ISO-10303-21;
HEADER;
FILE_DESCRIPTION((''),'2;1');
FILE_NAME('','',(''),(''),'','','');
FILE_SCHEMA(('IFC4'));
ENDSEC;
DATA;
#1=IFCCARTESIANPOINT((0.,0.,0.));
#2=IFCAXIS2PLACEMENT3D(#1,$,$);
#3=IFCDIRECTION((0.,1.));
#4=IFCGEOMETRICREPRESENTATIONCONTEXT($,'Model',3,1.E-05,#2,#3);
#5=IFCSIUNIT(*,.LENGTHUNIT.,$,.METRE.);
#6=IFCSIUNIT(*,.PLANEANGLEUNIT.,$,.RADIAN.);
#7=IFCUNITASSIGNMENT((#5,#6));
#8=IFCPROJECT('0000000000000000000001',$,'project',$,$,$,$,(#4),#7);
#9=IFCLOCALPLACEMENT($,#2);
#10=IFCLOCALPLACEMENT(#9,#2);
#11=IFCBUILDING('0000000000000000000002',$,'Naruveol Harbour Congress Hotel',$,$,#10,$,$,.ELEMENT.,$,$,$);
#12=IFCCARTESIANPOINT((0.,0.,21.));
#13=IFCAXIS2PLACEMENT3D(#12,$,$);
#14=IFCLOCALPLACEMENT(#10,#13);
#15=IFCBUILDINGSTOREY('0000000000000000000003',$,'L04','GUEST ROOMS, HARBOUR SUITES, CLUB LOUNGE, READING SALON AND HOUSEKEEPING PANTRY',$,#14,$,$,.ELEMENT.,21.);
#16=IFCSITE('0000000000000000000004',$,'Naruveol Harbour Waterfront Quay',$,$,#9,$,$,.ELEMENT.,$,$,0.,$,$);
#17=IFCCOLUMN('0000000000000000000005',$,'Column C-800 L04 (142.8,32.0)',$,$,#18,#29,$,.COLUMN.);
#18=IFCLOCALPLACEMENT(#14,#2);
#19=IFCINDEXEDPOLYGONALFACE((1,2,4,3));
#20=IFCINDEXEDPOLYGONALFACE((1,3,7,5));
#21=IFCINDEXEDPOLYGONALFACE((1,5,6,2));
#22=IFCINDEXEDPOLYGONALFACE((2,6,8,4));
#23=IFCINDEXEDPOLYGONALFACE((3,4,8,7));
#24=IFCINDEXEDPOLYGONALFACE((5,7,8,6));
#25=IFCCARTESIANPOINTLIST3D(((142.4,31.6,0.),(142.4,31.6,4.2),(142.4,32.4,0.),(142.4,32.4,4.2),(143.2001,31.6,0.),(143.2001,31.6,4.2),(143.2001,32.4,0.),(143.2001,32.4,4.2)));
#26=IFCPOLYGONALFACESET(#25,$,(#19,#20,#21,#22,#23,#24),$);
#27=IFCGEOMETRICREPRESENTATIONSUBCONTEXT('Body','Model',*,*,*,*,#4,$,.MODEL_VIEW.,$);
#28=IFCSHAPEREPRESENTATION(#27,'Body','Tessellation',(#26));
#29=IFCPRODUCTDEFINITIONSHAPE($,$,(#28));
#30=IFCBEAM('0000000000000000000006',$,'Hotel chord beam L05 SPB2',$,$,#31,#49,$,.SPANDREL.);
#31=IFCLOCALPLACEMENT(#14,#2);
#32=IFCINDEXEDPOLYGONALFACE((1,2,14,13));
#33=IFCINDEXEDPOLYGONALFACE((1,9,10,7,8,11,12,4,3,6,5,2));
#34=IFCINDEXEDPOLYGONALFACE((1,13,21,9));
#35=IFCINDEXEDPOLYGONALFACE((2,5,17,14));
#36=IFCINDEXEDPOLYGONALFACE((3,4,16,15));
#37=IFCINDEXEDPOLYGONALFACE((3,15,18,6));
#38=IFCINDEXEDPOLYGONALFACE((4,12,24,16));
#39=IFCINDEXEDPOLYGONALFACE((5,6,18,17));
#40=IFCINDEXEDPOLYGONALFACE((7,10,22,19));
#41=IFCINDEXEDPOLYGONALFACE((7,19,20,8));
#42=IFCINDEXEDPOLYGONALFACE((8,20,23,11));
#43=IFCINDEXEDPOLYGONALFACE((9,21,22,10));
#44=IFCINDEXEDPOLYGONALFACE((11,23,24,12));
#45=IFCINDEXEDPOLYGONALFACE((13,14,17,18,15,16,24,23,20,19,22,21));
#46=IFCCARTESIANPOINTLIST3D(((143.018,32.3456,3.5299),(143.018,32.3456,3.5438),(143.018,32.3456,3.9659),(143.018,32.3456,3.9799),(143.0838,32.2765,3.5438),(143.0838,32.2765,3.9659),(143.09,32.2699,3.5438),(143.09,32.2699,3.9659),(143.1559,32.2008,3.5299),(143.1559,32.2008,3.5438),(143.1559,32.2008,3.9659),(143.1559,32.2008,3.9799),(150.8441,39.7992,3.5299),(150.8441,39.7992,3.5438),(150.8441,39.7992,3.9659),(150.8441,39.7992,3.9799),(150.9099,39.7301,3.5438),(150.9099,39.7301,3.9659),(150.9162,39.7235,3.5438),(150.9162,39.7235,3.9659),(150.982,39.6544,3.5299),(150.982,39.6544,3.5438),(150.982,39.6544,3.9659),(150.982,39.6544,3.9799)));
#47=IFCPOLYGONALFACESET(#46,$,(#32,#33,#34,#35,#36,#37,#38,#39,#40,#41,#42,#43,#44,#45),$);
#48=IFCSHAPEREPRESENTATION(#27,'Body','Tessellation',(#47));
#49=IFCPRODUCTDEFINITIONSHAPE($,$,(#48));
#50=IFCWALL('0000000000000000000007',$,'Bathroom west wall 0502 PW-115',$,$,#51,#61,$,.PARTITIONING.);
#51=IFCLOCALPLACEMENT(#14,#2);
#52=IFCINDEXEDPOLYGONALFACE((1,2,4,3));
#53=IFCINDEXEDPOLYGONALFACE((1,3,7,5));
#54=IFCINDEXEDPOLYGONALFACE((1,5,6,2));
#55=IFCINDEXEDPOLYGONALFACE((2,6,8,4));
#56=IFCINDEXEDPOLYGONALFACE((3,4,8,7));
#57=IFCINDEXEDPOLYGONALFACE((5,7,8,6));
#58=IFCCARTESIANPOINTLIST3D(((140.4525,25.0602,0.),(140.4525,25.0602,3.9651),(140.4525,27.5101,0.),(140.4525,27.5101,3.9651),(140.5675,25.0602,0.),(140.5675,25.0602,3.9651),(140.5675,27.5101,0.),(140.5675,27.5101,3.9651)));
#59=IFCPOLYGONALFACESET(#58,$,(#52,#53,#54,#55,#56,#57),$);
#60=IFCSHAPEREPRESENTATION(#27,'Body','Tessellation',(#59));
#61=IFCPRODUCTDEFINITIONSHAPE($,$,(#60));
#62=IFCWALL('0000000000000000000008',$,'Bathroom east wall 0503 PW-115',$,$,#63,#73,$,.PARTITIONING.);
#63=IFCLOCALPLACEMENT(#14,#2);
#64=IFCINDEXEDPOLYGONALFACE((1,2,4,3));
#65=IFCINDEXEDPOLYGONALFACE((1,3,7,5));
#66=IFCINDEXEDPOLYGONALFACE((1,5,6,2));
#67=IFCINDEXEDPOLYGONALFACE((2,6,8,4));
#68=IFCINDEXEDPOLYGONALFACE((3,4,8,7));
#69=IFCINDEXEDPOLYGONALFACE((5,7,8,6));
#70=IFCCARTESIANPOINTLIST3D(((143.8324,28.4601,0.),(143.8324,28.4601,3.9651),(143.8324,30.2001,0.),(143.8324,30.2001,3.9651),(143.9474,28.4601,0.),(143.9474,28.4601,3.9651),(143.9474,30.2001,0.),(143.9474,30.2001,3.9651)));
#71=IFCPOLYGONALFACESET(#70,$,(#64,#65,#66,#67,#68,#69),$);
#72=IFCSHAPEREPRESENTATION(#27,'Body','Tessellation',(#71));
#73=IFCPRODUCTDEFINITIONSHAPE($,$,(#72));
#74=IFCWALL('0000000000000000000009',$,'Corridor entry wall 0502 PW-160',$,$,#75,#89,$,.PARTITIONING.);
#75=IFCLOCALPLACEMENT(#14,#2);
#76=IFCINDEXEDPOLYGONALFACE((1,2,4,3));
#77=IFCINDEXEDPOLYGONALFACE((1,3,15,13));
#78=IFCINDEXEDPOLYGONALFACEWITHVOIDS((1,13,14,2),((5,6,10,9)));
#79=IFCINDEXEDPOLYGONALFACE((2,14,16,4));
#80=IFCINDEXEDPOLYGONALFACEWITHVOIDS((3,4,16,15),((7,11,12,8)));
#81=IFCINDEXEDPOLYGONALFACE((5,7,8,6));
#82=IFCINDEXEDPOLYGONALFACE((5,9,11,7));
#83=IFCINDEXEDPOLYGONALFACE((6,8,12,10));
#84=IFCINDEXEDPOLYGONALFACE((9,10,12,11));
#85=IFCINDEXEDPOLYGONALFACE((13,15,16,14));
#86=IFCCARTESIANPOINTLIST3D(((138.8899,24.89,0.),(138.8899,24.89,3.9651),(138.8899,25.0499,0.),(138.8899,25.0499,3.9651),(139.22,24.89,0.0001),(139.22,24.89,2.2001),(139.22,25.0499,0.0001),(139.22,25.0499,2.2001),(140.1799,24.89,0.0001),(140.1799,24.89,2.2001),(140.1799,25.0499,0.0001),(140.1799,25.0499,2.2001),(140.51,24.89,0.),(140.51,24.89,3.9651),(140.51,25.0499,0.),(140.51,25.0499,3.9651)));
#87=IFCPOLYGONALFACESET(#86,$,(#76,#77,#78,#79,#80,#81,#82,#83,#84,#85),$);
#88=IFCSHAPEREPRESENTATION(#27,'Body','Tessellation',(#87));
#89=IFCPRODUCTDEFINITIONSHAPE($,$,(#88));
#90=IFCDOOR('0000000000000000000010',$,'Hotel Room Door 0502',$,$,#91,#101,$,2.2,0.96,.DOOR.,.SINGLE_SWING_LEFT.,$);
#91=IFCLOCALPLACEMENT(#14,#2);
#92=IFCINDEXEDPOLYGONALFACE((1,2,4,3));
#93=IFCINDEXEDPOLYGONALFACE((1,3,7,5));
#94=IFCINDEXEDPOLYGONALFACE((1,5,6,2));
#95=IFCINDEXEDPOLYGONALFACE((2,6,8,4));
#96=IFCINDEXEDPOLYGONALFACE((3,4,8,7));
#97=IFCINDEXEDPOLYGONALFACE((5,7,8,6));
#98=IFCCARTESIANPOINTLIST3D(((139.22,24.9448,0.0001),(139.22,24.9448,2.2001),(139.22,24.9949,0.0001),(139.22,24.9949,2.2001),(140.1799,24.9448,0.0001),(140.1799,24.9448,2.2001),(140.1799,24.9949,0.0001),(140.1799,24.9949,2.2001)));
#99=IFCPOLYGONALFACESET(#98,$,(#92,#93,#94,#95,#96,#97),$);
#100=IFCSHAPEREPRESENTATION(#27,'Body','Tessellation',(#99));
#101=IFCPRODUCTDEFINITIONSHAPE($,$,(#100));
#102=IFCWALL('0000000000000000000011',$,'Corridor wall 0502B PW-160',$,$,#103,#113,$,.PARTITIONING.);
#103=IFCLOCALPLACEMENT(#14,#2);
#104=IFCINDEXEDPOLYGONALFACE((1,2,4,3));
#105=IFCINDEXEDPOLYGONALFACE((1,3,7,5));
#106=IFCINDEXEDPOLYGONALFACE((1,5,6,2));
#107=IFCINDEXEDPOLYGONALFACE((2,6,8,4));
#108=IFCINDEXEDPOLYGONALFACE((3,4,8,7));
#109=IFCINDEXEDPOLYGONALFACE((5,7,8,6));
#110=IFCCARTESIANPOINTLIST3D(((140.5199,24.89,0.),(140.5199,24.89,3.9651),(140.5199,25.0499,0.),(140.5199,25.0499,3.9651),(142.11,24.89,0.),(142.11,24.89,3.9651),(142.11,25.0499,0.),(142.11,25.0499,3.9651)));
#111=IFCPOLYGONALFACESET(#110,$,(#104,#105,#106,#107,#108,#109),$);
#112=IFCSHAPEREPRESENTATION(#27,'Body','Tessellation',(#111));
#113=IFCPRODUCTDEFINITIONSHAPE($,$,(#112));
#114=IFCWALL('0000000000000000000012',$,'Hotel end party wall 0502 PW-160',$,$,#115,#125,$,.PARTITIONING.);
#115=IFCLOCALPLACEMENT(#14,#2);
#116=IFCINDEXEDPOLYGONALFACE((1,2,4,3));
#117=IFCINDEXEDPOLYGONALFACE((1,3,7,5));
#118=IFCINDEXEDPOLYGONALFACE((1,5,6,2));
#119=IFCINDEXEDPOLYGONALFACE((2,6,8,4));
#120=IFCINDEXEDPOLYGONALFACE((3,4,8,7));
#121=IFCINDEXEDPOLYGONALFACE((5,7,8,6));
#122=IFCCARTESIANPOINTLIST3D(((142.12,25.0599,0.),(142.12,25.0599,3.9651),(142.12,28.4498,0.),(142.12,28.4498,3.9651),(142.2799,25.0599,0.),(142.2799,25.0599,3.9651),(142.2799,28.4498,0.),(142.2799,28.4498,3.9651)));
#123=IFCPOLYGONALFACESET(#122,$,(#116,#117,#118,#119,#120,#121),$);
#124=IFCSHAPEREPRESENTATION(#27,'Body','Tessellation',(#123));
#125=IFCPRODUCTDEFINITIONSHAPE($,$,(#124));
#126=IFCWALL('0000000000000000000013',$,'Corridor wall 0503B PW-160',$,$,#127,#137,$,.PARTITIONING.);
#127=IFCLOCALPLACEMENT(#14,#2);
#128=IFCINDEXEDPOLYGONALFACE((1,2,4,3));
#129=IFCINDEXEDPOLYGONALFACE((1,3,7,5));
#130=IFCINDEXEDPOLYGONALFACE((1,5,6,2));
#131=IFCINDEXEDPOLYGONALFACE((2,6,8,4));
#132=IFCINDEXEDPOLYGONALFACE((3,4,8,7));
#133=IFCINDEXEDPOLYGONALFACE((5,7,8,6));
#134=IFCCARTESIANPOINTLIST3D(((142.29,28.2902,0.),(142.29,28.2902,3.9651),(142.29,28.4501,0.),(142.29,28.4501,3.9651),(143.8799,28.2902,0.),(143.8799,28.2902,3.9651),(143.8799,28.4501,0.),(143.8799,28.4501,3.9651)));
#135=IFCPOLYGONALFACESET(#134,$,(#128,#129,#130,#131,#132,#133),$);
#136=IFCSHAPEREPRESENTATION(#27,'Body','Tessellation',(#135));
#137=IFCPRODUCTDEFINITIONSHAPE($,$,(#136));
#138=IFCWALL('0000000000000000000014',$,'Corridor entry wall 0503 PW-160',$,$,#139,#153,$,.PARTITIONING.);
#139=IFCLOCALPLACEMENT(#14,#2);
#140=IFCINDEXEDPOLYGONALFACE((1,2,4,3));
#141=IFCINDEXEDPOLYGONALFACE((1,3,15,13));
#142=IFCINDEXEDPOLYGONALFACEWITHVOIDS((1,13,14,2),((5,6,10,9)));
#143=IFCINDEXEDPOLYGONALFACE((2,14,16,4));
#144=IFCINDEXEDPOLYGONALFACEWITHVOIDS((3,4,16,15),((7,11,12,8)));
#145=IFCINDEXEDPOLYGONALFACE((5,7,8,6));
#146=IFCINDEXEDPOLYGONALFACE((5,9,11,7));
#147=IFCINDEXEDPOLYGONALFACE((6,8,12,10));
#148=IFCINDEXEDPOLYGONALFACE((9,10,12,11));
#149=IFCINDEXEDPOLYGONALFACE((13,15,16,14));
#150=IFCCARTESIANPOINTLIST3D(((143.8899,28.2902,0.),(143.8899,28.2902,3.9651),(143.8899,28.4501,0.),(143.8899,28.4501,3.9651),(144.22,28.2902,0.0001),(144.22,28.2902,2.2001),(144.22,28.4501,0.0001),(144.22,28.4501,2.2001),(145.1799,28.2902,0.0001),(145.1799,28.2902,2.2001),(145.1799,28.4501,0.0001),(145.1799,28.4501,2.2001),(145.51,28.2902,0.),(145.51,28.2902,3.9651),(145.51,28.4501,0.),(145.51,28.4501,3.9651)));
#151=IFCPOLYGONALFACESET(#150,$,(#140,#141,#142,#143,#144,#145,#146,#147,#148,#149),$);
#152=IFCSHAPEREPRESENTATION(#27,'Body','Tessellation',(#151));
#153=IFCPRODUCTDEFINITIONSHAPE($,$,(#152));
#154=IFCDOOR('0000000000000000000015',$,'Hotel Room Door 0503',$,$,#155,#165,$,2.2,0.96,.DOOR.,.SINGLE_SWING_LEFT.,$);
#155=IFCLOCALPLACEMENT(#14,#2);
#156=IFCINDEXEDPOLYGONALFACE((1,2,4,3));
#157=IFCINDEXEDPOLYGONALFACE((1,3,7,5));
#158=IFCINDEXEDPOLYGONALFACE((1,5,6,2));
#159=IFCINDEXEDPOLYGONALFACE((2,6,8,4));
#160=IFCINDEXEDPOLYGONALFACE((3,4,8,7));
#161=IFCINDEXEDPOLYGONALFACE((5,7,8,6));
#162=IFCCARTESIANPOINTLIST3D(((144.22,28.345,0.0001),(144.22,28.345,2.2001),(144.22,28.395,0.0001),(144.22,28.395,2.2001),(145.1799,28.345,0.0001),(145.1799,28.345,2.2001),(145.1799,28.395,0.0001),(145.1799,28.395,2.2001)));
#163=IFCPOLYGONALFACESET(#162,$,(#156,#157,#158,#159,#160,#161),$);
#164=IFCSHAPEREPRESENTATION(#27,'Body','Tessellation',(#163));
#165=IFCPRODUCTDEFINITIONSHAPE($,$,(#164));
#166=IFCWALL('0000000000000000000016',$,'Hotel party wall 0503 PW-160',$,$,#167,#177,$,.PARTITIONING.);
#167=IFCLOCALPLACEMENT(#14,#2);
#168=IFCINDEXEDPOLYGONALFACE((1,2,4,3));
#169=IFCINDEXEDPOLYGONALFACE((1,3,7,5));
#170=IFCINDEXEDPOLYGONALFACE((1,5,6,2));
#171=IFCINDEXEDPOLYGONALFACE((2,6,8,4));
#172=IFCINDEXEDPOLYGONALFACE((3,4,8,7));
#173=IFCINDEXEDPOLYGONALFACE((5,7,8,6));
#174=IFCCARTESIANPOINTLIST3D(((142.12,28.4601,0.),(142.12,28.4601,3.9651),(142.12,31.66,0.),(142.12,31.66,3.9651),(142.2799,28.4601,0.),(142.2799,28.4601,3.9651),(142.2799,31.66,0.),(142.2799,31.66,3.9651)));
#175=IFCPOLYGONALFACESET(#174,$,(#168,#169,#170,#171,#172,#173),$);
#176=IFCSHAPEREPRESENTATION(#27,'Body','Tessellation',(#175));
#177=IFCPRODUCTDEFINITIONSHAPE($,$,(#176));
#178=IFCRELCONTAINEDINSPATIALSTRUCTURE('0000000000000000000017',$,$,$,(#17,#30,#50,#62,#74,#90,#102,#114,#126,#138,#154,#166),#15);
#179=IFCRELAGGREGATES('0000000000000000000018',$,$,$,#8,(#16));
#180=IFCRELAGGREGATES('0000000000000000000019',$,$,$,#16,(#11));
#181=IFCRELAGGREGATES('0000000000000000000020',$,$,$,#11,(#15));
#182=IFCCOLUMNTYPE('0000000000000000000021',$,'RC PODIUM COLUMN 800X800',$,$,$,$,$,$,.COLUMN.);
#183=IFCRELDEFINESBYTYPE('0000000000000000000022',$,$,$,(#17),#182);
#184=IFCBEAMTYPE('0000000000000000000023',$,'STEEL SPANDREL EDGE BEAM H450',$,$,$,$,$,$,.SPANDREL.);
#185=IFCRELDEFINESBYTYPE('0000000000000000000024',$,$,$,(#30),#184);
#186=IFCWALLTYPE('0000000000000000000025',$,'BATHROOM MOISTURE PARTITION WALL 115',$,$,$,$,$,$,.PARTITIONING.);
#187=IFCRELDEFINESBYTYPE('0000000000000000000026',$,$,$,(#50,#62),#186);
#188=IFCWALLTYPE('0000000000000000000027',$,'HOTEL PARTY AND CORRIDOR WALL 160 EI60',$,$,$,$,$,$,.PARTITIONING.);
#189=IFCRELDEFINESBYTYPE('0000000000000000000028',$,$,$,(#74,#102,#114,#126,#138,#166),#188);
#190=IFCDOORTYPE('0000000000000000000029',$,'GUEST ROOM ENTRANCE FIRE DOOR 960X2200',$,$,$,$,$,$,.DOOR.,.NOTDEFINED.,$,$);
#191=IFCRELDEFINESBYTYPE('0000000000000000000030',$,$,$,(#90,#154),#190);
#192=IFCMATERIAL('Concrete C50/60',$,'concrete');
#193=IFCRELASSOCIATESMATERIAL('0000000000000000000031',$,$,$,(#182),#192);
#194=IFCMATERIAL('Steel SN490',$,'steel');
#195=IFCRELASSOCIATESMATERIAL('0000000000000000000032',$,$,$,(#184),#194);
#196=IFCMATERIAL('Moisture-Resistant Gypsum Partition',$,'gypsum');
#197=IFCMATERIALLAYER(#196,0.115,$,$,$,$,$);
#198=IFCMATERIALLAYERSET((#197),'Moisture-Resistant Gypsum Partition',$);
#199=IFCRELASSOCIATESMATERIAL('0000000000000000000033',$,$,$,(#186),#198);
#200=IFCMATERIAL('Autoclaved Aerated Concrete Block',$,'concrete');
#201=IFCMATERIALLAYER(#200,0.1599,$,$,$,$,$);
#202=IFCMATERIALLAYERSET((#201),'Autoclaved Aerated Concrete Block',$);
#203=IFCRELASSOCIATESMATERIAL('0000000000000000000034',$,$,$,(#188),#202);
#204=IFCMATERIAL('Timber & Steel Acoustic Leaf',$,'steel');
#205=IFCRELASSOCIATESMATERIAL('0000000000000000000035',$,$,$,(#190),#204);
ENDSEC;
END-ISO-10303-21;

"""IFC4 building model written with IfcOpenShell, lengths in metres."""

from ifc_helpers import new_model, si_unit, direction, frame, frame_2d, origin, origin_2d, place, context, subcontext, project, spatial, rectangle, i_section, extrude, material, layer, layer_set, material_profile, profile_set, type_object, element, fill, save


model = new_model("IFC4")

# Units and contexts
model_context = context("Model", 3, precision=1e-05, world=origin(), true_north=direction((0.0, 1.0)))
body_context = subcontext(model_context, "Body", "Model", "MODEL_VIEW")
ifc_project = project(units=[si_unit("LENGTHUNIT", "METRE"), si_unit("PLANEANGLEUNIT", "RADIAN")], contexts=[model_context])

# Site, building, storey
site_placement = place(None, origin())
site = spatial("IfcSite", under=ifc_project, at=site_placement, Name="Naruveol Harbour Waterfront Quay", CompositionType="ELEMENT", RefElevation=0.0)
building_placement = place(site_placement, origin())
building = spatial("IfcBuilding", under=site, at=building_placement, Name="Naruveol Harbour Congress Hotel", CompositionType="ELEMENT")
storey_placement = place(building_placement, frame((0.0, 0.0, 21.0)))
storey = spatial("IfcBuildingStorey", under=building, at=storey_placement, Name="L04", Description="GUEST ROOMS, HARBOUR SUITES, CLUB LOUNGE, READING SALON AND HOUSEKEEPING PANTRY", CompositionType="ELEMENT", Elevation=21.0)

# Column
ifc_material_1 = material(Name="Concrete C50/60", Category="concrete")
ifc_material_profile_1 = material_profile(ifc_material_1, rectangle(XDim=0.8, YDim=0.8, at=origin_2d()), Name="RC-800x800")
ifc_profile_set_1 = profile_set([ifc_material_profile_1], Name="Concrete C50/60")
column_type = type_object("IfcColumnType", Name="RC PODIUM COLUMN 800X800", PredefinedType="COLUMN", material=ifc_profile_set_1)
column_placement = place(storey_placement, frame((142.8, 32.0, 0.0), z_axis=(0.0, 0.0, 1.0), x_axis=(1.0, 0.0, 0.0)))
element("IfcColumn", 1, at=column_placement, inside=storey, type_object=column_type, Name="Column C-800 L04 (142.8,32.0)", PredefinedType="COLUMN", context=body_context, shape_type="SweptSolid", body=[
    extrude(rectangle(XDim=0.8, YDim=0.8, at=origin_2d()), origin(), (0.0, 0.0, 1.0), 4.2),
])

# Beam
ifc_material_2 = material(Name="Steel SN490", Category="steel")
ifc_material_profile_2 = material_profile(ifc_material_2, i_section(OverallWidth=0.2, OverallDepth=0.45, WebThickness=0.009, FlangeThickness=0.0139, at=origin_2d()), Name="H-450x200x9x14")
ifc_profile_set_2 = profile_set([ifc_material_profile_2], Name="Steel SN490")
beam_type = type_object("IfcBeamType", Name="STEEL SPANDREL EDGE BEAM H450", PredefinedType="SPANDREL", material=ifc_profile_set_2)
beam_placement = place(storey_placement, frame((143.0869, 32.2732, 3.7549), z_axis=(0.724133, 0.689661, 0.0), x_axis=(-0.689661, 0.724133, 0.0)))
element("IfcBeam", 2, at=beam_placement, inside=storey, type_object=beam_type, Name="Hotel chord beam L05 SPB2", PredefinedType="SPANDREL", context=body_context, shape_type="SweptSolid", body=[
    extrude(i_section(OverallWidth=0.2, OverallDepth=0.45, WebThickness=0.009, FlangeThickness=0.0139, at=origin_2d()), origin(), (0.0, 0.0, 1.0), 10.8076),
])

# Wall
ifc_material_3 = material(Name="Moisture-Resistant Gypsum Partition", Category="gypsum")
ifc_layer_1 = layer(ifc_material_3, 0.115)
ifc_layer_set_1 = layer_set([ifc_layer_1], Name="Moisture-Resistant Gypsum Partition")
wall_type_1 = type_object("IfcWallType", Name="BATHROOM MOISTURE PARTITION WALL 115", PredefinedType="PARTITIONING", material=ifc_layer_set_1)
wall_1_placement = place(storey_placement, frame((140.51, 25.0601, 0.0), z_axis=(0.0, 0.0, 1.0), x_axis=(0.0, 1.0, 0.0)))
element("IfcWall", 3, at=wall_1_placement, inside=storey, type_object=wall_type_1, Name="Bathroom west wall 0502 PW-115", PredefinedType="PARTITIONING", context=body_context, shape_type="SweptSolid", body=[
    extrude(rectangle(XDim=2.45, YDim=0.115, at=frame_2d((1.2251, 0.0))), origin(), (0.0, 0.0, 1.0), 3.9651),
])

# Wall
wall_2_placement = place(storey_placement, frame((143.8899, 28.46, 0.0), z_axis=(0.0, 0.0, 1.0), x_axis=(0.0, 1.0, 0.0)))
element("IfcWall", 4, at=wall_2_placement, inside=storey, type_object=wall_type_1, Name="Bathroom east wall 0503 PW-115", PredefinedType="PARTITIONING", context=body_context, shape_type="SweptSolid", body=[
    extrude(rectangle(XDim=1.74, YDim=0.115, at=frame_2d((0.8701, 0.0))), origin(), (0.0, 0.0, 1.0), 3.9651),
])

# Wall, opening, door
ifc_material_4 = material(Name="Autoclaved Aerated Concrete Block", Category="concrete")
ifc_layer_2 = layer(ifc_material_4, 0.1599)
ifc_layer_set_2 = layer_set([ifc_layer_2], Name="Autoclaved Aerated Concrete Block")
wall_type_2 = type_object("IfcWallType", Name="HOTEL PARTY AND CORRIDOR WALL 160 EI60", PredefinedType="PARTITIONING", material=ifc_layer_set_2)
wall_3_placement = place(storey_placement, frame((138.8899, 24.97, 0.0), z_axis=(0.0, 0.0, 1.0), x_axis=(1.0, 0.0, 0.0)))
wall_3 = element("IfcWall", 5, at=wall_3_placement, inside=storey, type_object=wall_type_2, Name="Corridor entry wall 0502 PW-160", PredefinedType="PARTITIONING", context=body_context, shape_type="SweptSolid", body=[
    extrude(rectangle(XDim=1.6201, YDim=0.1599, at=frame_2d((0.8101, 0.0))), origin(), (0.0, 0.0, 1.0), 3.9651),
])
opening_1_placement = place(wall_3_placement, frame((0.3301, 0.0, 0.0)))
opening_1 = element("IfcOpeningElement", 6, at=opening_1_placement, cuts=wall_3, PredefinedType="OPENING", context=body_context, shape_type="SweptSolid", body=[
    extrude(rectangle(XDim=0.96, YDim=2.2, at=frame_2d((0.48, 1.1001))), frame((0.0, 0.0898, 0.0), z_axis=(0.0, -1.0, 0.0), x_axis=(1.0, 0.0, 0.0)), (0.0, 0.0, 1.0), 0.1799),
])
ifc_material_5 = material(Name="Timber & Steel Acoustic Leaf", Category="steel")
door_type_1 = type_object("IfcDoorType", Name="GUEST ROOM ENTRANCE FIRE DOOR 960X2200", OperationType="NOTDEFINED", PredefinedType="DOOR", material=ifc_material_5)
door_1_placement = place(opening_1_placement, origin())
door_1 = element("IfcDoor", 7, at=door_1_placement, inside=storey, type_object=door_type_1, Name="Hotel Room Door 0502", OperationType="SINGLE_SWING_LEFT", OverallHeight=2.2, OverallWidth=0.96, PredefinedType="DOOR", context=body_context, shape_type="SweptSolid", body=[
    extrude(rectangle(XDim=0.96, YDim=2.2, at=frame_2d((0.48, 1.1001))), frame((0.0, 0.0249, 0.0), z_axis=(0.0, -1.0, 0.0), x_axis=(1.0, 0.0, 0.0)), (0.0, 0.0, 1.0), 0.05),
])
fill(opening_1, door_1)

# Walls
wall_4_placement = place(storey_placement, frame((140.52, 24.97, 0.0), z_axis=(0.0, 0.0, 1.0), x_axis=(1.0, 0.0, 0.0)))
element("IfcWall", 8, at=wall_4_placement, inside=storey, type_object=wall_type_2, Name="Corridor wall 0502B PW-160", PredefinedType="PARTITIONING", context=body_context, shape_type="SweptSolid", body=[
    extrude(rectangle(XDim=1.5901, YDim=0.1599, at=frame_2d((0.7949, 0.0))), origin(), (0.0, 0.0, 1.0), 3.9651),
])
wall_5_placement = place(storey_placement, frame((142.2, 25.0601, 0.0), z_axis=(0.0, 0.0, 1.0), x_axis=(0.0, 1.0, 0.0)))
element("IfcWall", 9, at=wall_5_placement, inside=storey, type_object=wall_type_2, Name="Hotel end party wall 0502 PW-160", PredefinedType="PARTITIONING", context=body_context, shape_type="SweptSolid", body=[
    extrude(rectangle(XDim=3.3899, YDim=0.1599, at=frame_2d((1.6948, 0.0))), origin(), (0.0, 0.0, 1.0), 3.9651),
])
wall_6_placement = place(storey_placement, frame((142.29, 28.3701, 0.0), z_axis=(0.0, 0.0, 1.0), x_axis=(1.0, 0.0, 0.0)))
element("IfcWall", 10, at=wall_6_placement, inside=storey, type_object=wall_type_2, Name="Corridor wall 0503B PW-160", PredefinedType="PARTITIONING", context=body_context, shape_type="SweptSolid", body=[
    extrude(rectangle(XDim=1.5898, YDim=0.1599, at=frame_2d((0.7949, 0.0))), origin(), (0.0, 0.0, 1.0), 3.9651),
])

# Wall, opening, door
wall_7_placement = place(storey_placement, frame((143.8899, 28.3701, 0.0), z_axis=(0.0, 0.0, 1.0), x_axis=(1.0, 0.0, 0.0)))
wall_7 = element("IfcWall", 11, at=wall_7_placement, inside=storey, type_object=wall_type_2, Name="Corridor entry wall 0503 PW-160", PredefinedType="PARTITIONING", context=body_context, shape_type="SweptSolid", body=[
    extrude(rectangle(XDim=1.6201, YDim=0.1599, at=frame_2d((0.8101, 0.0))), origin(), (0.0, 0.0, 1.0), 3.9651),
])
opening_2_placement = place(wall_7_placement, frame((0.3301, 0.0, 0.0)))
opening_2 = element("IfcOpeningElement", 12, at=opening_2_placement, cuts=wall_7, PredefinedType="OPENING", context=body_context, shape_type="SweptSolid", body=[
    extrude(rectangle(XDim=0.96, YDim=2.2, at=frame_2d((0.48, 1.1001))), frame((0.0, 0.0898, 0.0), z_axis=(0.0, -1.0, 0.0), x_axis=(1.0, 0.0, 0.0)), (0.0, 0.0, 1.0), 0.1799),
])
door_2_placement = place(opening_2_placement, origin())
door_2 = element("IfcDoor", 13, at=door_2_placement, inside=storey, type_object=door_type_1, Name="Hotel Room Door 0503", OperationType="SINGLE_SWING_LEFT", OverallHeight=2.2, OverallWidth=0.96, PredefinedType="DOOR", context=body_context, shape_type="SweptSolid", body=[
    extrude(rectangle(XDim=0.96, YDim=2.2, at=frame_2d((0.48, 1.1001))), frame((0.0, 0.0249, 0.0), z_axis=(0.0, -1.0, 0.0), x_axis=(1.0, 0.0, 0.0)), (0.0, 0.0, 1.0), 0.05),
])
fill(opening_2, door_2)

# Wall
wall_8_placement = place(storey_placement, frame((142.2, 28.46, 0.0), z_axis=(0.0, 0.0, 1.0), x_axis=(0.0, 1.0, 0.0)))
element("IfcWall", 14, at=wall_8_placement, inside=storey, type_object=wall_type_2, Name="Hotel party wall 0503 PW-160", PredefinedType="PARTITIONING", context=body_context, shape_type="SweptSolid", body=[
    extrude(rectangle(XDim=3.2, YDim=0.1599, at=frame_2d((1.6001, 0.0))), origin(), (0.0, 0.0, 1.0), 3.9651),
])

save(model, "model.ifc")
